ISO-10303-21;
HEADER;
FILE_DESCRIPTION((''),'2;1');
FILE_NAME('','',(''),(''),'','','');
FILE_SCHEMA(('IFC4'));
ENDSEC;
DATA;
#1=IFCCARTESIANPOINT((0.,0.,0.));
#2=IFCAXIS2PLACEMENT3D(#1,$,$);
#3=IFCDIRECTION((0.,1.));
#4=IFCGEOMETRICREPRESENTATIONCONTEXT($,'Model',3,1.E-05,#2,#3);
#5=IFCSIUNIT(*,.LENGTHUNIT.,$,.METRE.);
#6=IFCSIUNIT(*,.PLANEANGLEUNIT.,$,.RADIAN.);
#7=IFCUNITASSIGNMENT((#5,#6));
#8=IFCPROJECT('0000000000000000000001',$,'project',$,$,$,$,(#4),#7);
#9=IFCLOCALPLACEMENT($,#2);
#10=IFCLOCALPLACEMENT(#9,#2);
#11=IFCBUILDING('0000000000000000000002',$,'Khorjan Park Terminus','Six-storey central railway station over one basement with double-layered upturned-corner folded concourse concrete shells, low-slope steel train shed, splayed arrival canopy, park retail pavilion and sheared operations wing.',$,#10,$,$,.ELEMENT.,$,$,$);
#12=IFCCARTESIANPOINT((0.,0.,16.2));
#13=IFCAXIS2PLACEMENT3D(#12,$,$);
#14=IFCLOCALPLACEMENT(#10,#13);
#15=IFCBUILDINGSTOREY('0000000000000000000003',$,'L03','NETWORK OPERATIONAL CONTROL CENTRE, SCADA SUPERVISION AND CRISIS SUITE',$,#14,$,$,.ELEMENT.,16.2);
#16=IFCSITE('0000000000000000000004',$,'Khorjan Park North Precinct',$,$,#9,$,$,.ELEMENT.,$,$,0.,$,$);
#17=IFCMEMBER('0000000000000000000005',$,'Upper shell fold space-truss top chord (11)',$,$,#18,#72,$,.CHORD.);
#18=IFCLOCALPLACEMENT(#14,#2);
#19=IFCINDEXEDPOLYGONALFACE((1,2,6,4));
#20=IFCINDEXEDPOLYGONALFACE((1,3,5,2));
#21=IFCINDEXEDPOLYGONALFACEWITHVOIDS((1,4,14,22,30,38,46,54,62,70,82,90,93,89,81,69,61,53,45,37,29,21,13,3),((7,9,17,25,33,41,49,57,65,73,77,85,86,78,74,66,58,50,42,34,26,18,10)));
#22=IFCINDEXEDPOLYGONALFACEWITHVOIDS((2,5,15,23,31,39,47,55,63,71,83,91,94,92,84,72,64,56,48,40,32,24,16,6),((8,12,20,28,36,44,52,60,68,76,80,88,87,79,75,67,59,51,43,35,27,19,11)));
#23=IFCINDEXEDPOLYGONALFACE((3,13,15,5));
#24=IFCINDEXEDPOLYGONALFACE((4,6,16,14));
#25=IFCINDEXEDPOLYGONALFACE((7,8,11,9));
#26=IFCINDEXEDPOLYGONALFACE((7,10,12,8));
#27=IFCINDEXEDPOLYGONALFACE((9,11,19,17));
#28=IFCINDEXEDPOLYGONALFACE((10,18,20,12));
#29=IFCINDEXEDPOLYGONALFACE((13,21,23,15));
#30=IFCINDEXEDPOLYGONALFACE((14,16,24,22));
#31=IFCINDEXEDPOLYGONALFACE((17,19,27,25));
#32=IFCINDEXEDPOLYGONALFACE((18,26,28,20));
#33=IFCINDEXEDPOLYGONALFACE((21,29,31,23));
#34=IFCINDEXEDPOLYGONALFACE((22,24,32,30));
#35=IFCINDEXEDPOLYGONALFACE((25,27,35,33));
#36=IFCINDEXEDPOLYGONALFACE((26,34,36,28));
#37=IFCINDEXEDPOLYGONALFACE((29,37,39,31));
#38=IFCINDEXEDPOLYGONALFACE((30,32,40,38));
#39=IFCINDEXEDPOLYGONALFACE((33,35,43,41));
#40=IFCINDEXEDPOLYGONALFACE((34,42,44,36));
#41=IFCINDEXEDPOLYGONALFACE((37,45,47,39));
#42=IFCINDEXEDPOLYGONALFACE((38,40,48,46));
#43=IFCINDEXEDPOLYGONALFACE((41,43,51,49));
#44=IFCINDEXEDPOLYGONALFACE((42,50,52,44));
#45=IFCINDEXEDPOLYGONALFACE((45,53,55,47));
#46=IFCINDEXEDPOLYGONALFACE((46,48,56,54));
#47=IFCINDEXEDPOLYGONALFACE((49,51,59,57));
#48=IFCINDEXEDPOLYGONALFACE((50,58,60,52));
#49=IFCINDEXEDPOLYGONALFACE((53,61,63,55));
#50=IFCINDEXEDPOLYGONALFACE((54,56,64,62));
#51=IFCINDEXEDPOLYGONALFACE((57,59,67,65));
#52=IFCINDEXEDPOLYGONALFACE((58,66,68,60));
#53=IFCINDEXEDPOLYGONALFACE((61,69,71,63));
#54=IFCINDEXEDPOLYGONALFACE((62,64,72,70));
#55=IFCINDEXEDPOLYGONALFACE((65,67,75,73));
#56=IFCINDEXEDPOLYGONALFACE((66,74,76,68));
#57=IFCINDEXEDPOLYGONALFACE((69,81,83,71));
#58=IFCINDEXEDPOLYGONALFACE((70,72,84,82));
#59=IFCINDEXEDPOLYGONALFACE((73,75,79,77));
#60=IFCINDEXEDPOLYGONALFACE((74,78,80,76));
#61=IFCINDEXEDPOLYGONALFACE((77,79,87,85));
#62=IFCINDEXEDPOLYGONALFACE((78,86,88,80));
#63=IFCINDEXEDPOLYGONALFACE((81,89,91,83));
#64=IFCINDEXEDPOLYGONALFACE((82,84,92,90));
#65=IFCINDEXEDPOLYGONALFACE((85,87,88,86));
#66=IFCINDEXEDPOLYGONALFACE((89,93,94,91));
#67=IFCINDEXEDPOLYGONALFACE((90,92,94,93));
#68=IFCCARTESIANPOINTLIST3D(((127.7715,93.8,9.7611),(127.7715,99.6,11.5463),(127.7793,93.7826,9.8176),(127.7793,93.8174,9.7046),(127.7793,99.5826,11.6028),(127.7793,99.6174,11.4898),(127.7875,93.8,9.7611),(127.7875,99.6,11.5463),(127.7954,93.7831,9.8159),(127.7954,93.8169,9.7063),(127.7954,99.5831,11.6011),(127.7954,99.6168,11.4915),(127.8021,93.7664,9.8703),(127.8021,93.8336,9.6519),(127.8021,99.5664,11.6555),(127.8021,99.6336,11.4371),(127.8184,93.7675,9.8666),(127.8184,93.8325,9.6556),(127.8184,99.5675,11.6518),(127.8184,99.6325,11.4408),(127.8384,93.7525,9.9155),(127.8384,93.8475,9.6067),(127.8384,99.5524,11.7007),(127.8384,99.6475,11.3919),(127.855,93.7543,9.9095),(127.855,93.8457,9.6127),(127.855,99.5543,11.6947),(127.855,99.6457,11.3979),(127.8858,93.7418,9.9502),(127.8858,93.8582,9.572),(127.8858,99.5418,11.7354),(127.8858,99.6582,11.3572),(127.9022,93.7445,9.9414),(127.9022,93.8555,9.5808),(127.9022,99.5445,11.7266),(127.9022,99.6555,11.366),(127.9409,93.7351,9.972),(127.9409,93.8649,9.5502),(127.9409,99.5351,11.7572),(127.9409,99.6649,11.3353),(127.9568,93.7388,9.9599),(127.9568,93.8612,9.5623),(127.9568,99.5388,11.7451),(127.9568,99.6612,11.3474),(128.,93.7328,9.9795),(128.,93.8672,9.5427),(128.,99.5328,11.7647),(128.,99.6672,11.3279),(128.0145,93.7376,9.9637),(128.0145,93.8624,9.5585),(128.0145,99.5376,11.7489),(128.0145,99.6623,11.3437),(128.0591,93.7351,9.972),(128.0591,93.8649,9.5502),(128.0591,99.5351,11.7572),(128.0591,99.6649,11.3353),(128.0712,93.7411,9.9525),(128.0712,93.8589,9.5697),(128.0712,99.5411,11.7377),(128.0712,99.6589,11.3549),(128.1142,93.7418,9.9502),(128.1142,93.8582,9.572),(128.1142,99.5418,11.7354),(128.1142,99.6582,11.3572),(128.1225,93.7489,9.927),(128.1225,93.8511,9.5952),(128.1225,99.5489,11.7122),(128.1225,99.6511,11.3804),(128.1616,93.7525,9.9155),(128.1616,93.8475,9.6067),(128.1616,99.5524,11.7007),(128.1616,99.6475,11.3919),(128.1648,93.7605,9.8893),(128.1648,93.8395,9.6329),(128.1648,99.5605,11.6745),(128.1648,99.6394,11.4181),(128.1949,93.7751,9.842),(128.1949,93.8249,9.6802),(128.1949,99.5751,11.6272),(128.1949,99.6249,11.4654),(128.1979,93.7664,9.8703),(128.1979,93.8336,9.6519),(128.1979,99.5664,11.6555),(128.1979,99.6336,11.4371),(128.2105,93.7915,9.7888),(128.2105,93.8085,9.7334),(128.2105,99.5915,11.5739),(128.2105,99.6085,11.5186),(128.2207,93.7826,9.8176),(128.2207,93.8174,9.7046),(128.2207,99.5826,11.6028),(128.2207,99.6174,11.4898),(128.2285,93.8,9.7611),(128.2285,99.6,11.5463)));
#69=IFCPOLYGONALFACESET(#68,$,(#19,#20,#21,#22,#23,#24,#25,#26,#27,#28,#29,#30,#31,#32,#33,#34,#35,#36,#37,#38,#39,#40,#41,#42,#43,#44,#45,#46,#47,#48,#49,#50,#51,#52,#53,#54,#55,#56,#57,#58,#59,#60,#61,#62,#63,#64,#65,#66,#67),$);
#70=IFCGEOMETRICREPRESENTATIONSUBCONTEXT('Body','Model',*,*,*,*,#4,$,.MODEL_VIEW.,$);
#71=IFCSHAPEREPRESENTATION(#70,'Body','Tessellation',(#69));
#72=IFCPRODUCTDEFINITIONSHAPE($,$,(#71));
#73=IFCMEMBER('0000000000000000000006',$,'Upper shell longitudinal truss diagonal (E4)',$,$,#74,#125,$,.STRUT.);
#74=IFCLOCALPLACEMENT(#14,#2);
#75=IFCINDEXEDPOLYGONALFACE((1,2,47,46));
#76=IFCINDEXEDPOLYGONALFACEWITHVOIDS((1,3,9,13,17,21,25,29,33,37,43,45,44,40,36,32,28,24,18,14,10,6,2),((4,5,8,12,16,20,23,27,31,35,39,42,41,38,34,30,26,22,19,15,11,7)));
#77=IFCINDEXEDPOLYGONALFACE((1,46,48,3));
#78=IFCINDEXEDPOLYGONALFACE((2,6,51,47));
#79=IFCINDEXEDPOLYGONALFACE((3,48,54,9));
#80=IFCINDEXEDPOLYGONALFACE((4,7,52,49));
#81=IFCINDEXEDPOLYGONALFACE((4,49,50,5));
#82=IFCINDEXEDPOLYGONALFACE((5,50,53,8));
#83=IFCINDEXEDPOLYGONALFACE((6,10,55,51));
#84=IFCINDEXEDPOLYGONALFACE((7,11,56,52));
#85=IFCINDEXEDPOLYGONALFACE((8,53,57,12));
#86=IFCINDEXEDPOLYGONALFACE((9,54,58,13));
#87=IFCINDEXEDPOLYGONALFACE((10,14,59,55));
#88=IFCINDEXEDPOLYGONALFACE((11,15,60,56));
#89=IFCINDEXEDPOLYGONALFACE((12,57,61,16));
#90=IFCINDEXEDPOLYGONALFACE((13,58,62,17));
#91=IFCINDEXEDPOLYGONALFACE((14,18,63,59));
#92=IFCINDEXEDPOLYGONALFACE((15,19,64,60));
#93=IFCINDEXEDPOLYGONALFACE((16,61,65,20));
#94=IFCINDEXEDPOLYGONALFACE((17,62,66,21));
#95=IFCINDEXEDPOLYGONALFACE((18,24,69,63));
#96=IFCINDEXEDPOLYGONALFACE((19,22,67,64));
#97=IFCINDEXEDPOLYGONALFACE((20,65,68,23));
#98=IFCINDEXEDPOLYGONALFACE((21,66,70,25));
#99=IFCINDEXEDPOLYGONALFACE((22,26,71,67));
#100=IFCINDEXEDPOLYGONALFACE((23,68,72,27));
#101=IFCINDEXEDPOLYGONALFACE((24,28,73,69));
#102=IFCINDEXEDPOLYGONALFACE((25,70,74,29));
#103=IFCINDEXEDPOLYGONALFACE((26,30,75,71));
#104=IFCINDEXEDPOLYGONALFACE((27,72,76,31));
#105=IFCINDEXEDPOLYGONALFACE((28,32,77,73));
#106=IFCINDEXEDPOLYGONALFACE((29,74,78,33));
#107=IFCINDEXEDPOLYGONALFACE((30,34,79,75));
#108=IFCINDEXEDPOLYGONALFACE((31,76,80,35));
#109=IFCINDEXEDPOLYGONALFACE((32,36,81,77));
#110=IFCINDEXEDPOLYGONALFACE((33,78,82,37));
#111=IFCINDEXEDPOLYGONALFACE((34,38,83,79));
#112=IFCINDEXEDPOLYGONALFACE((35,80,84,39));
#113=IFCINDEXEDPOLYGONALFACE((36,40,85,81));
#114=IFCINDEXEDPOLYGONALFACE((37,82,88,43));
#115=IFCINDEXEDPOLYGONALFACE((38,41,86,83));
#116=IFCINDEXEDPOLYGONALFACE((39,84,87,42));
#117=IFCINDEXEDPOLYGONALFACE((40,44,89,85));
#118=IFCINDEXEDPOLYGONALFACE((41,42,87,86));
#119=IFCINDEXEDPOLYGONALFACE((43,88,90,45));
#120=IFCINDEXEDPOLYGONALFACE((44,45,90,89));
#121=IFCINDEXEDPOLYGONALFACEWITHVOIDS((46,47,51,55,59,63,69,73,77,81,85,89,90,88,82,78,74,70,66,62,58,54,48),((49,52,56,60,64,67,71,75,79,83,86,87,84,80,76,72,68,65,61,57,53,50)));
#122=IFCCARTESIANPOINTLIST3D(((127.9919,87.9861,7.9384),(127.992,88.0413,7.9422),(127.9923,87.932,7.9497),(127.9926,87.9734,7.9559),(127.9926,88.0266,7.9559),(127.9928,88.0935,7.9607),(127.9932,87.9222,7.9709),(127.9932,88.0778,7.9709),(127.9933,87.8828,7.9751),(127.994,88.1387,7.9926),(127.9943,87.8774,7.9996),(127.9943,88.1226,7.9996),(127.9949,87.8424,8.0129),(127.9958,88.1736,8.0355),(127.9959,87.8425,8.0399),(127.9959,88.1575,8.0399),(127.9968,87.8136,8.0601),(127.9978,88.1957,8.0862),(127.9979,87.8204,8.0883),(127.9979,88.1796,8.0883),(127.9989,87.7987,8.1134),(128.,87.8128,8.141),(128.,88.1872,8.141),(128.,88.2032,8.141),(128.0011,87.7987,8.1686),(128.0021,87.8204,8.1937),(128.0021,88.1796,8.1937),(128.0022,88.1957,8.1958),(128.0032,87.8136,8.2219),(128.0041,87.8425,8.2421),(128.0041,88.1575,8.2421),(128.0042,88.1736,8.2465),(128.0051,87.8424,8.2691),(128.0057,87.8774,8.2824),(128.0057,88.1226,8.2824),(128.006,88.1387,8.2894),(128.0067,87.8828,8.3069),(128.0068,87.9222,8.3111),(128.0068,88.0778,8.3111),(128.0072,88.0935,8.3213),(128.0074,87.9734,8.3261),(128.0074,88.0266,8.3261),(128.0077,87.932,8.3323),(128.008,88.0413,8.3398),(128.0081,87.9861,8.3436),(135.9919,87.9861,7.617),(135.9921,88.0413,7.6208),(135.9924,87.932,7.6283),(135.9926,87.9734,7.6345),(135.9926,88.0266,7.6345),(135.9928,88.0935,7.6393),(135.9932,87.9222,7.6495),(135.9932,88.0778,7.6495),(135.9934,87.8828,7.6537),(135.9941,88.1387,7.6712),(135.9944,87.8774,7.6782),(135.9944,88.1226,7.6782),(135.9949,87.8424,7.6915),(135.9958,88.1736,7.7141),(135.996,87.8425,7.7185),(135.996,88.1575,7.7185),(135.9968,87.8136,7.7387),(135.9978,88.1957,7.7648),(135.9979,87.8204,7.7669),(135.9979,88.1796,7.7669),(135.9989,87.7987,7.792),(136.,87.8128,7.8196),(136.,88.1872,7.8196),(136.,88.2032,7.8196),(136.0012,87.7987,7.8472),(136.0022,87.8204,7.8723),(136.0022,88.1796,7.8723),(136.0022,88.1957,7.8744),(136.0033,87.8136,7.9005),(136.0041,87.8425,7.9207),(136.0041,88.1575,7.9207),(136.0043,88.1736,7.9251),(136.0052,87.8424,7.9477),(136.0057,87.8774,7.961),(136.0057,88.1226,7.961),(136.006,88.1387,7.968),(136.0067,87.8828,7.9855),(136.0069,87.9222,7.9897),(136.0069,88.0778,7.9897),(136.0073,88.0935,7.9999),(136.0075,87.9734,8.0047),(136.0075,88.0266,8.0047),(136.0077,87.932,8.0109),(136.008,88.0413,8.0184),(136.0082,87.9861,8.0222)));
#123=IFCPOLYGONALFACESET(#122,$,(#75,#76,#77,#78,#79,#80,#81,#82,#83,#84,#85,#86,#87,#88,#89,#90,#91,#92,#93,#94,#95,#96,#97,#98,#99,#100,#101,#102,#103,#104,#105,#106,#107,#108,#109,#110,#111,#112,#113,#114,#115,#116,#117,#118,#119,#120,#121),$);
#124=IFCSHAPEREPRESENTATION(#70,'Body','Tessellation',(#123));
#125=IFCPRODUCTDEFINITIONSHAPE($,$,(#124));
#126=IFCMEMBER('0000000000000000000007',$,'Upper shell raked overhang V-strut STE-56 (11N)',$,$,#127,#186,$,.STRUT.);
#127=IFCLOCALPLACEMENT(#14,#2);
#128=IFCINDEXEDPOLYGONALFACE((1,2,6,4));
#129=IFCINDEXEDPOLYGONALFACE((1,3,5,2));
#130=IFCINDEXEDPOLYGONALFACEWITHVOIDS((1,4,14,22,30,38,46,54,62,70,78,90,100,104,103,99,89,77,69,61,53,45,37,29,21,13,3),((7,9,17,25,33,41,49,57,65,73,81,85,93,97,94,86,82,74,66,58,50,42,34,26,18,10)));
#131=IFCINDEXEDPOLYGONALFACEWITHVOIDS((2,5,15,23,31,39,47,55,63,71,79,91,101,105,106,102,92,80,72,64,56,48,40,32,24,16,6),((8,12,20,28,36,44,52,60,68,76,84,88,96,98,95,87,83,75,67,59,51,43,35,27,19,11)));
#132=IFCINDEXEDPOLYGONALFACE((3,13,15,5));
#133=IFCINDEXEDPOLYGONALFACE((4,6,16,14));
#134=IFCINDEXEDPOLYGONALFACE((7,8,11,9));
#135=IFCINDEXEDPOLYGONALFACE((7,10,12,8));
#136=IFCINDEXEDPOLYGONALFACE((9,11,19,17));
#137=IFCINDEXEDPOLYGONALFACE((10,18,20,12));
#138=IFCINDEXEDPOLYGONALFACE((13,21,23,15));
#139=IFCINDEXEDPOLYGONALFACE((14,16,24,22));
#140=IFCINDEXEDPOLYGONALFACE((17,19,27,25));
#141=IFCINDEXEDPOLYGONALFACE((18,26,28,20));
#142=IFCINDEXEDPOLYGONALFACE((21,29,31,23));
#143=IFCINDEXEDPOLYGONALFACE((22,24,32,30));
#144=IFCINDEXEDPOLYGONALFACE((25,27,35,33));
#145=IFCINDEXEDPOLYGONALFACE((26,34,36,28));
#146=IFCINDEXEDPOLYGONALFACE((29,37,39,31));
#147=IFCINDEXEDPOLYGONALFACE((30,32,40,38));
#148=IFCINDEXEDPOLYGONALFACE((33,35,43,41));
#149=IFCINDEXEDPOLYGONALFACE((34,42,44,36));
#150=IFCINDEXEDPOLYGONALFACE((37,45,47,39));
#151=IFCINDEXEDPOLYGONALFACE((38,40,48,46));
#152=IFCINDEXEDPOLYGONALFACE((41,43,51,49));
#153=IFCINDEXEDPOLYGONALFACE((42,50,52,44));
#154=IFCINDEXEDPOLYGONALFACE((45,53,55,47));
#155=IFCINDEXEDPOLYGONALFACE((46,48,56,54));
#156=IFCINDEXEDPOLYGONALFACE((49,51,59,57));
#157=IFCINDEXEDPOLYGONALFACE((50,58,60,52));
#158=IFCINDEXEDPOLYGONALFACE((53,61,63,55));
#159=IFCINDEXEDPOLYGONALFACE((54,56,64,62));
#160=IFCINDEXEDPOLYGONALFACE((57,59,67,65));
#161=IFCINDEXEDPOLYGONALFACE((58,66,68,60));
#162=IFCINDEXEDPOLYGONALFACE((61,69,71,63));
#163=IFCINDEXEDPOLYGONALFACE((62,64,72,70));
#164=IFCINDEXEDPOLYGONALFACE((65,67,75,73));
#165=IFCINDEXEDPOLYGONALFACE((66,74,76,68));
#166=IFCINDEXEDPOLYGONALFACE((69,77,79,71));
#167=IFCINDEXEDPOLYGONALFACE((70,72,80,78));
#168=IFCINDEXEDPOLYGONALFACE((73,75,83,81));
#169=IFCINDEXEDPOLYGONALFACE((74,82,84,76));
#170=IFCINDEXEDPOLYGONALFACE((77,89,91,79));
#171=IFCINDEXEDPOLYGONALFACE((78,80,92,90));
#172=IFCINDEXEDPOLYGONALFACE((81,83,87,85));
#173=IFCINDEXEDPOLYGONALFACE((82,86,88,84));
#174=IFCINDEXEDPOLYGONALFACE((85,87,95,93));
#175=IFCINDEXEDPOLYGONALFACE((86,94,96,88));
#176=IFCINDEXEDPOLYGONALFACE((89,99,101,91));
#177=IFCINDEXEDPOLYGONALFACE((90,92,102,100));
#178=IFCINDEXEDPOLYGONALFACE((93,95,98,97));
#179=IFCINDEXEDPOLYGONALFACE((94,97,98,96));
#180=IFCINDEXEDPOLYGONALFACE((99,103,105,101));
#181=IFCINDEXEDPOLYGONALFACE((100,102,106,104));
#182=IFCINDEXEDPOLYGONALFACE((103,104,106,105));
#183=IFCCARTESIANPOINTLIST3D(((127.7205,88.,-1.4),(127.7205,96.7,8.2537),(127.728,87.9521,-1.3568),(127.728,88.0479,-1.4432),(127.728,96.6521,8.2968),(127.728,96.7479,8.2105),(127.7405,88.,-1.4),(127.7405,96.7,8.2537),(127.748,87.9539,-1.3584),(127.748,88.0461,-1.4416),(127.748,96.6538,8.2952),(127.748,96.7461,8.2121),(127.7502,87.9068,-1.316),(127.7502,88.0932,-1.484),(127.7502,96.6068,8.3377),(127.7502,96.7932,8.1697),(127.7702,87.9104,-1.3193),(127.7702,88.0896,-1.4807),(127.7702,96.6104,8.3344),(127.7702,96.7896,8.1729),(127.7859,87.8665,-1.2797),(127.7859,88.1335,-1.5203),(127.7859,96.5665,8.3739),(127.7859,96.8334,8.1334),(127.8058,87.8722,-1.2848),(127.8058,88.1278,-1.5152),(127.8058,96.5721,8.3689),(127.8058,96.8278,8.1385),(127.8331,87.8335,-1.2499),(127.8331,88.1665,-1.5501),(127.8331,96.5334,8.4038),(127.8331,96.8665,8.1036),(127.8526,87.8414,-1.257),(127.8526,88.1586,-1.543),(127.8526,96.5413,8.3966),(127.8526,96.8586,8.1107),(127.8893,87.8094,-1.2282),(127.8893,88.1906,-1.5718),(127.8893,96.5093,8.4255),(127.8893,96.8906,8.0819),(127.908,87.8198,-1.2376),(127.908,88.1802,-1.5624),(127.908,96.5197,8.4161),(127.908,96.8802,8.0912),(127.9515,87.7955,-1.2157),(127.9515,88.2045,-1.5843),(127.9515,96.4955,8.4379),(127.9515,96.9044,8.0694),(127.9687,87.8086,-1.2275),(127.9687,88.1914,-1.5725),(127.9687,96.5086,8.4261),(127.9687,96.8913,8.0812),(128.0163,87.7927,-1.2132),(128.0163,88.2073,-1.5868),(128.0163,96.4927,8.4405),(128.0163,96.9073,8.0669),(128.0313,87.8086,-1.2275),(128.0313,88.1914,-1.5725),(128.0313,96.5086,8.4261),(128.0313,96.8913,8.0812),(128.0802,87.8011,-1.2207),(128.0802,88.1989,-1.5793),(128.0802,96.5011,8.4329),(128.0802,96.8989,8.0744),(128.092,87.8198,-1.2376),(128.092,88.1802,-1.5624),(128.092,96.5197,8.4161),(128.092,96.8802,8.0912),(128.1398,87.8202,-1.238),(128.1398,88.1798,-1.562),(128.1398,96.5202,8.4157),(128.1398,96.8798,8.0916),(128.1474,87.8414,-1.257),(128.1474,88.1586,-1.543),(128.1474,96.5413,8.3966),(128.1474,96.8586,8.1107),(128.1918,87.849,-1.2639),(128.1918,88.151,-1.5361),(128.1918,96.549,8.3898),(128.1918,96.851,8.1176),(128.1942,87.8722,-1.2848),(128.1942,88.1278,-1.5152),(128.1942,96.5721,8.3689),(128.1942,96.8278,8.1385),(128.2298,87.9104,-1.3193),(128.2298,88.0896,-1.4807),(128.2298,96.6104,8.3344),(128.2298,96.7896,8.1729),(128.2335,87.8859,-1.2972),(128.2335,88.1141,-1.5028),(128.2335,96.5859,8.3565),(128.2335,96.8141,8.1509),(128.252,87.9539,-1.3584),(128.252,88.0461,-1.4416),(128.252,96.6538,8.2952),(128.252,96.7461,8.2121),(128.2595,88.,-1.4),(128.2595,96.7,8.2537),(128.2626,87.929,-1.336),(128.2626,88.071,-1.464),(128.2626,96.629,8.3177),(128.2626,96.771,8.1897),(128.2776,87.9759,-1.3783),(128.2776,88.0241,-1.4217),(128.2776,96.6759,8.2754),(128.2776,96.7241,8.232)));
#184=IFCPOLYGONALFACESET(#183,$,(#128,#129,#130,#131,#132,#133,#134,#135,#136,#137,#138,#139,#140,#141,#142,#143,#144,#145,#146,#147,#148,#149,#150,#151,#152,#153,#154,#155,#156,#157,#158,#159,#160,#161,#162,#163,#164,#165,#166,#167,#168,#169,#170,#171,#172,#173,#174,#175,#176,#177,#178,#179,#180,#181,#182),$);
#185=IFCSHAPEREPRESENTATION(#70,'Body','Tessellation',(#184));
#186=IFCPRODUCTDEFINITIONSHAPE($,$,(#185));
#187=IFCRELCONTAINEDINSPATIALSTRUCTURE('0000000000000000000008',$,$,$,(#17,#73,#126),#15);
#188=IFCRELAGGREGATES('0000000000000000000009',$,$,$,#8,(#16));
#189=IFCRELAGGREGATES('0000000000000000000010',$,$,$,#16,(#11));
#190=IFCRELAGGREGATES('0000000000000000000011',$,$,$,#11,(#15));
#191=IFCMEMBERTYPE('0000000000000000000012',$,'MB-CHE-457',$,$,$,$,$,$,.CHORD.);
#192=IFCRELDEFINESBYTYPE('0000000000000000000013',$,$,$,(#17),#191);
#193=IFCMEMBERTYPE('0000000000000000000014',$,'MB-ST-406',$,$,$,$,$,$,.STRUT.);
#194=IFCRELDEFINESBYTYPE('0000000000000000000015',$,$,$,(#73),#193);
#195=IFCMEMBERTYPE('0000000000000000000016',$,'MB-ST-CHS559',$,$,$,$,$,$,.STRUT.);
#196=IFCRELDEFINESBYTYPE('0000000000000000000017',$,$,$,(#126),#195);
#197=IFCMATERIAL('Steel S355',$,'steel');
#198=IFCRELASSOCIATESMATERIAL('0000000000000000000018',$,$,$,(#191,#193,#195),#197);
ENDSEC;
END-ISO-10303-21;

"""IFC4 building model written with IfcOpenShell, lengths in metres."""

from ifc_helpers import new_model, si_unit, direction, frame, origin, origin_2d, place, context, subcontext, project, spatial, hollow_circle, extrude, material, material_profile, profile_set, type_object, element, save


model = new_model("IFC4")

# Units and contexts
model_context = context("Model", 3, precision=1e-05, world=origin(), true_north=direction((0.0, 1.0)))
body_context = subcontext(model_context, "Body", "Model", "MODEL_VIEW")
ifc_project = project(units=[si_unit("LENGTHUNIT", "METRE"), si_unit("PLANEANGLEUNIT", "RADIAN")], contexts=[model_context])

# Site, building, storey
site_placement = place(None, origin())
site = spatial("IfcSite", under=ifc_project, at=site_placement, Name="Khorjan Park North Precinct", CompositionType="ELEMENT", RefElevation=0.0)
building_placement = place(site_placement, origin())
building = spatial("IfcBuilding", under=site, at=building_placement, Name="Khorjan Park Terminus", Description="Six-storey central railway station over one basement with double-layered upturned-corner folded concourse concrete shells, low-slope steel train shed, splayed arrival canopy, park retail pavilion and sheared operations wing.", CompositionType="ELEMENT")
storey_placement = place(building_placement, frame((0.0, 0.0, 16.2)))
storey = spatial("IfcBuildingStorey", under=building, at=storey_placement, Name="L03", Description="NETWORK OPERATIONAL CONTROL CENTRE, SCADA SUPERVISION AND CRISIS SUITE", CompositionType="ELEMENT", Elevation=16.2)

# Members
ifc_material_1 = material(Name="Steel S355", Category="steel")
ifc_material_profile_1 = material_profile(ifc_material_1, hollow_circle(Radius=0.2285, WallThickness=0.016, at=origin_2d()), Name="CHS 457x16")
ifc_profile_set_1 = profile_set([ifc_material_profile_1], Name="Steel S355")
member_type_1 = type_object("IfcMemberType", Name="MB-CHE-457", PredefinedType="CHORD", material=ifc_profile_set_1)
member_1_placement = place(storey_placement, frame((128.0, 93.8, 9.7611), z_axis=(0.0, 0.955752, 0.294174), x_axis=(-1.0, 0.0, 0.0)))
element("IfcMember", 1, at=member_1_placement, inside=storey, type_object=member_type_1, Name="Upper shell fold space-truss top chord (11)", PredefinedType="CHORD", context=body_context, shape_type="SweptSolid", body=[
    extrude(hollow_circle(Radius=0.2285, WallThickness=0.016, at=origin_2d()), origin(), (0.0, 0.0, 1.0), 6.0685),
])
ifc_material_profile_2 = material_profile(ifc_material_1, hollow_circle(Radius=0.2032, WallThickness=0.016, at=origin_2d()), Name="CHS 406.4x16")
ifc_profile_set_2 = profile_set([ifc_material_profile_2], Name="Steel S355")
member_type_2 = type_object("IfcMemberType", Name="MB-ST-406", PredefinedType="STRUT", material=ifc_profile_set_2)
member_2_placement = place(storey_placement, frame((128.0, 88.0, 8.141), z_axis=(0.999194, 0.0, -0.040143), x_axis=(0.0, 1.0, 0.0)))
element("IfcMember", 2, at=member_2_placement, inside=storey, type_object=member_type_2, Name="Upper shell longitudinal truss diagonal (E4)", PredefinedType="STRUT", context=body_context, shape_type="SweptSolid", body=[
    extrude(hollow_circle(Radius=0.2032, WallThickness=0.016, at=origin_2d()), origin(), (0.0, 0.0, 1.0), 8.0065),
])
ifc_material_profile_3 = material_profile(ifc_material_1, hollow_circle(Radius=0.2795, WallThickness=0.02, at=origin_2d()), Name="CHS 559x20")
ifc_profile_set_3 = profile_set([ifc_material_profile_3], Name="Steel S355")
member_type_3 = type_object("IfcMemberType", Name="MB-ST-CHS559", PredefinedType="STRUT", material=ifc_profile_set_3)
member_3_placement = place(storey_placement, frame((128.0, 88.0, -1.4), z_axis=(0.0, 0.669461, 0.742847), x_axis=(-1.0, 0.0, 0.0)))
element("IfcMember", 3, at=member_3_placement, inside=storey, type_object=member_type_3, Name="Upper shell raked overhang V-strut STE-56 (11N)", PredefinedType="STRUT", context=body_context, shape_type="SweptSolid", body=[
    extrude(hollow_circle(Radius=0.2795, WallThickness=0.02, at=origin_2d()), origin(), (0.0, 0.0, 1.0), 12.9955),
])

save(model, "model.ifc")
